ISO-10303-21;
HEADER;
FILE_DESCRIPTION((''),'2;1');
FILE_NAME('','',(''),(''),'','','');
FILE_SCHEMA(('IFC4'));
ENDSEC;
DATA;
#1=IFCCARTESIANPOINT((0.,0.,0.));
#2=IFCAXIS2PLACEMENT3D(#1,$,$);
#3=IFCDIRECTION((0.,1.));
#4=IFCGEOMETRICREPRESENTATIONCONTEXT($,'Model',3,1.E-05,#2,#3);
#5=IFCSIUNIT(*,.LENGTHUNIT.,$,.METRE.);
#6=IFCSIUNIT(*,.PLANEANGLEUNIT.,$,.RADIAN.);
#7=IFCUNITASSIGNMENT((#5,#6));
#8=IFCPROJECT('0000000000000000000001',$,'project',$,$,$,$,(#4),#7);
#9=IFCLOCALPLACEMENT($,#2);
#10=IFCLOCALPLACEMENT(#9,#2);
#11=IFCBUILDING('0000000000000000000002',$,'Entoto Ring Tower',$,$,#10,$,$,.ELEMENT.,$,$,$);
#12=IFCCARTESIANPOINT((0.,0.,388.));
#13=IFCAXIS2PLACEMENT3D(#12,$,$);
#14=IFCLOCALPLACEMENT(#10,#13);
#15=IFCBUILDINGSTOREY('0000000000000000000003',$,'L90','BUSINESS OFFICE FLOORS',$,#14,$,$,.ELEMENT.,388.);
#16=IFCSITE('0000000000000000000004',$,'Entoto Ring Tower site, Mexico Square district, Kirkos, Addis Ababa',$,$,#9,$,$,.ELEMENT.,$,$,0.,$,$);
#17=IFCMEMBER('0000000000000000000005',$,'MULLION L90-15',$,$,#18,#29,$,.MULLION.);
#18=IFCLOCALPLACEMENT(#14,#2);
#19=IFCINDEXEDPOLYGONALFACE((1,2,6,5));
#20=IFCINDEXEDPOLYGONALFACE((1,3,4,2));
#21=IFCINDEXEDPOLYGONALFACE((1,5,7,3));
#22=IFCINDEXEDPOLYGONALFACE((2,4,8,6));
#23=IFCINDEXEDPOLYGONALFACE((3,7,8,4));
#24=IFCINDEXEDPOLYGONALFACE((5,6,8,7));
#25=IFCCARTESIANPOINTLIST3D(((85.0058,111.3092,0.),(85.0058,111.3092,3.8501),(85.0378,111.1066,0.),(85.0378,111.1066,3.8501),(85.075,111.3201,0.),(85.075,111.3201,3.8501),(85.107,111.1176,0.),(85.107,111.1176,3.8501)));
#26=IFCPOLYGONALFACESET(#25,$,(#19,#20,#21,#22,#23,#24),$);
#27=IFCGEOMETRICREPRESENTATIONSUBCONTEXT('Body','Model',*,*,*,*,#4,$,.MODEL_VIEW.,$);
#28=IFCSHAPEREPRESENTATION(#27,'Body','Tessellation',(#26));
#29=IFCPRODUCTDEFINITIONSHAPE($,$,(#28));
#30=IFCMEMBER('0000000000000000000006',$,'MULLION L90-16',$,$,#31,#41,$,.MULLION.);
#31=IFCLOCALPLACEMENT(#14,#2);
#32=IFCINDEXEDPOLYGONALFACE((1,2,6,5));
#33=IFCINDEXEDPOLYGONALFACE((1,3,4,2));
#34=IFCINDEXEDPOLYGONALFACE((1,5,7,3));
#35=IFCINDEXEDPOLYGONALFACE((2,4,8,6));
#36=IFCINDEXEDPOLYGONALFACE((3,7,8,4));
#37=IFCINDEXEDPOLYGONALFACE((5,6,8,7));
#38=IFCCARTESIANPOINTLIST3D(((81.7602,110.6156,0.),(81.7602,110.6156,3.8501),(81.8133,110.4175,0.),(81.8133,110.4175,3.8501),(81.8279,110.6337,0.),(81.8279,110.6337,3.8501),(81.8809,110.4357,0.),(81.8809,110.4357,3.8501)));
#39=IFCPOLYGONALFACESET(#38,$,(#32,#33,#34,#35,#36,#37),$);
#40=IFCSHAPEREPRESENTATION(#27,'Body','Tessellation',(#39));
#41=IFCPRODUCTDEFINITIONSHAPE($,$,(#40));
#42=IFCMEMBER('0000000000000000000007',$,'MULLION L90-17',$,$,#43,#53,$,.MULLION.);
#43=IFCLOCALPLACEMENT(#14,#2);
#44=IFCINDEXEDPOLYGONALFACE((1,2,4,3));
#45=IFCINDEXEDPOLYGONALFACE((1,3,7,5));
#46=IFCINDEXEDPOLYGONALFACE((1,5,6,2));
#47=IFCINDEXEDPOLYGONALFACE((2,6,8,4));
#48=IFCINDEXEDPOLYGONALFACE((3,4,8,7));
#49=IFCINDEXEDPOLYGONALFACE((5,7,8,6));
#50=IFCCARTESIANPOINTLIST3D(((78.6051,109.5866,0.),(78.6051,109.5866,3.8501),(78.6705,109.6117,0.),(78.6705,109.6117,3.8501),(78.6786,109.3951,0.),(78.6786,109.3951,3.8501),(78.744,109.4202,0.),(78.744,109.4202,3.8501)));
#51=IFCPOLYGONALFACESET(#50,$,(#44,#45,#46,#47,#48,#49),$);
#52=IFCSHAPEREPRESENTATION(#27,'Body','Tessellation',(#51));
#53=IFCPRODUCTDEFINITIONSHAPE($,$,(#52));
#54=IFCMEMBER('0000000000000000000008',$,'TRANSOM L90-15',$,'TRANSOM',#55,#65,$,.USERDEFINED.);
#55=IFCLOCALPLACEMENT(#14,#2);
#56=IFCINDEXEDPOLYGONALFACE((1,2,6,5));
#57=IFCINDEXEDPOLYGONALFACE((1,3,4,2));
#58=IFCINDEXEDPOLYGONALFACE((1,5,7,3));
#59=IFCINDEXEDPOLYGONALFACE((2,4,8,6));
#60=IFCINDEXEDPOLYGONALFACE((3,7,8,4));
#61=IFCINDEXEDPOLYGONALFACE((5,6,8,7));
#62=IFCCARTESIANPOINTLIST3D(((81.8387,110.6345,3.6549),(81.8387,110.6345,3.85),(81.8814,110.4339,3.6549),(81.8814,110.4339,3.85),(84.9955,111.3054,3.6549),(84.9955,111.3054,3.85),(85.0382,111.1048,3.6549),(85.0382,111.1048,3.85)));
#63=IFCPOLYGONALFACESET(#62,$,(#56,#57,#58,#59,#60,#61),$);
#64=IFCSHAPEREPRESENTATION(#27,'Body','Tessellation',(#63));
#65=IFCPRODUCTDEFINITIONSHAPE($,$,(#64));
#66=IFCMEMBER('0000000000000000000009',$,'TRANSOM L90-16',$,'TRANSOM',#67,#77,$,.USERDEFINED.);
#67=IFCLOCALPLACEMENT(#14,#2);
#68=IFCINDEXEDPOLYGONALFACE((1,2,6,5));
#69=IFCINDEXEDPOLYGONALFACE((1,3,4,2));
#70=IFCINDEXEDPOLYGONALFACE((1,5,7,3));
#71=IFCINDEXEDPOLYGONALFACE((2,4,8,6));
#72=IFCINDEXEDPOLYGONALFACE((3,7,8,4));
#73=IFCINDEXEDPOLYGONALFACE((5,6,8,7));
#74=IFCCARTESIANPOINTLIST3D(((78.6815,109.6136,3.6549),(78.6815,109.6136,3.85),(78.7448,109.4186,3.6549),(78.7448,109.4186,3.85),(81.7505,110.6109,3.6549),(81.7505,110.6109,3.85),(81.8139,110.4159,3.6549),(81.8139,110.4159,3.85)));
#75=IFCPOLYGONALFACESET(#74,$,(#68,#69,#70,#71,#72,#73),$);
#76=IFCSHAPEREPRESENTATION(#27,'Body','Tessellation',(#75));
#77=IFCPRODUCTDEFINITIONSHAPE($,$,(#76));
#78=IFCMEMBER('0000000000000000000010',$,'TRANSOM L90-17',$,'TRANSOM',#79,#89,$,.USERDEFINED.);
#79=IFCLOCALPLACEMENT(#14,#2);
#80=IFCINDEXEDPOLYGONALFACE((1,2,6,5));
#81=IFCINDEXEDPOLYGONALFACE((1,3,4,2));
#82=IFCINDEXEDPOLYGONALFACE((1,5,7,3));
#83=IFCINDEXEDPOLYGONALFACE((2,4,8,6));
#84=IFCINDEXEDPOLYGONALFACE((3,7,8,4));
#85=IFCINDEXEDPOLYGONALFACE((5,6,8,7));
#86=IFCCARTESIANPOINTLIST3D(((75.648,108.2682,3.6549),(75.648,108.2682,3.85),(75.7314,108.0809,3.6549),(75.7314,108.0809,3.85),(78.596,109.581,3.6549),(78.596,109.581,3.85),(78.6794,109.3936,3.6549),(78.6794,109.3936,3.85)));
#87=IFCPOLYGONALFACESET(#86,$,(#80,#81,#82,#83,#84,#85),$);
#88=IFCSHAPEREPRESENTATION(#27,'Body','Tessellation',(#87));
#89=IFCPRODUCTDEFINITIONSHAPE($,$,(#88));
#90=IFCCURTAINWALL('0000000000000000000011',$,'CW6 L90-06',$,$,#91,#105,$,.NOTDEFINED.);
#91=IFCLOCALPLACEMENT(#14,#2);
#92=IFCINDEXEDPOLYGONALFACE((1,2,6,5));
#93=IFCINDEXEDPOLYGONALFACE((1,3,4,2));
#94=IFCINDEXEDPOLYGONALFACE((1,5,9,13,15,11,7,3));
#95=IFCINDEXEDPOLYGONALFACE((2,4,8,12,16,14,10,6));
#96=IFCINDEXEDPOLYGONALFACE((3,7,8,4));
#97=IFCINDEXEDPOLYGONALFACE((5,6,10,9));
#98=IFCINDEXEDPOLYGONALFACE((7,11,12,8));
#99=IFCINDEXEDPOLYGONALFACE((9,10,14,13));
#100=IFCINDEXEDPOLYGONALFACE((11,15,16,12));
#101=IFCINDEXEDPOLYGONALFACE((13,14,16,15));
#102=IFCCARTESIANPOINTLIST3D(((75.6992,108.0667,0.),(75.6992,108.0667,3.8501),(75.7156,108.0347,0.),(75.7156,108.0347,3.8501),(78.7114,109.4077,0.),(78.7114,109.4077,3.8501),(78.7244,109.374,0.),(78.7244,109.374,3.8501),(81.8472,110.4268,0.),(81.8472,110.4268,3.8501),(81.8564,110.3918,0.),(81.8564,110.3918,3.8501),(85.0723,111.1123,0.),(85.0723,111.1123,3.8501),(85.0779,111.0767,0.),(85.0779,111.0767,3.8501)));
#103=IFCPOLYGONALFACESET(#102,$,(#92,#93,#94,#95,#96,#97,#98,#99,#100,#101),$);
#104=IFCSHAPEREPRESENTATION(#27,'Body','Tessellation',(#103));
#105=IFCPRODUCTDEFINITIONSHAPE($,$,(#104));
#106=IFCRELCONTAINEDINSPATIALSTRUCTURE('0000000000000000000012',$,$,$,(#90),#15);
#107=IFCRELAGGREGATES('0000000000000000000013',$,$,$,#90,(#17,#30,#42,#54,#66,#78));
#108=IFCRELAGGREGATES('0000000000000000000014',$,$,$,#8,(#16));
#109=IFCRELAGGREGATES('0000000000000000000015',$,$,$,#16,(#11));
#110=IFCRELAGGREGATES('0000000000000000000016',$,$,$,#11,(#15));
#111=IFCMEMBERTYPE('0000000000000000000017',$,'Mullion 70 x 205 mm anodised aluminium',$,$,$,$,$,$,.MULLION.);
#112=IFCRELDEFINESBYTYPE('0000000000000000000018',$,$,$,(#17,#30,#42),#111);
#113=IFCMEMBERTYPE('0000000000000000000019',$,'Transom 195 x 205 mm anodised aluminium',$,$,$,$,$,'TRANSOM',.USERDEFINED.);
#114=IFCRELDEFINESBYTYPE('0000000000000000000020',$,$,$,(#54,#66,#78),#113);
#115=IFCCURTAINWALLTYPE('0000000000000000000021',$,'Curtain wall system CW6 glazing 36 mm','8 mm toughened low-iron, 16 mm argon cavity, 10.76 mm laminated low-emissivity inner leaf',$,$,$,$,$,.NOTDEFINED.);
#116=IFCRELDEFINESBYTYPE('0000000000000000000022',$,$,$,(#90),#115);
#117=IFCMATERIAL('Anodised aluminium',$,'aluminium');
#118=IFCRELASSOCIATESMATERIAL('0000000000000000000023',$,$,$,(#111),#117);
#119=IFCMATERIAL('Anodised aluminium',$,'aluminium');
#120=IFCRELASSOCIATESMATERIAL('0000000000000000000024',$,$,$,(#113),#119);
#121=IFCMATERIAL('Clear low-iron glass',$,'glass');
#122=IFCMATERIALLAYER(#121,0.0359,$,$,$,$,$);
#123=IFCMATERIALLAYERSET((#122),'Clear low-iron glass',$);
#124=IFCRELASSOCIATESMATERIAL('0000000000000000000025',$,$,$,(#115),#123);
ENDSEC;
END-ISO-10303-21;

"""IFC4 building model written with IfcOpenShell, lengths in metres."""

from ifc_helpers import new_model, si_unit, direction, frame, origin, origin_2d, place, context, subcontext, project, spatial, polyline, rectangle, outline, extrude, material, layer, layer_set, material_profile, profile_set, type_object, element, aggregate, save


model = new_model("IFC4")

# Units and contexts
model_context = context("Model", 3, precision=1e-05, world=origin(), true_north=direction((0.0, 1.0)))
body_context = subcontext(model_context, "Body", "Model", "MODEL_VIEW")
ifc_project = project(units=[si_unit("LENGTHUNIT", "METRE"), si_unit("PLANEANGLEUNIT", "RADIAN")], contexts=[model_context])

# Members
ifc_material_1 = material(Name="Anodised aluminium", Category="aluminium")
ifc_material_profile_1 = material_profile(ifc_material_1, rectangle(XDim=0.0701, YDim=0.2051, at=origin_2d()), Name="Mullion 70 x 205 mm anodised aluminium")
ifc_profile_set_1 = profile_set([ifc_material_profile_1], Name="Anodised aluminium")
member_type_1 = type_object("IfcMemberType", Name="Mullion 70 x 205 mm anodised aluminium", PredefinedType="MULLION", material=ifc_profile_set_1)
site_placement = place(None, origin())
building_placement = place(site_placement, origin())
storey_placement = place(building_placement, frame((0.0, 0.0, 388.0)))
member_1_placement = place(storey_placement, frame((85.0564, 111.2134, 0.0), z_axis=(0.0, 0.0, 1.0), x_axis=(-0.987688, -0.156434, 0.0)))
member_1 = element("IfcMember", 1, at=member_1_placement, type_object=member_type_1, Name="MULLION L90-15", PredefinedType="MULLION", context=body_context, shape_type="SweptSolid", body=[
    extrude(rectangle(XDim=0.0701, YDim=0.2051, at=origin_2d()), origin(), (0.0, 0.0, 1.0), 3.8501),
])
member_2_placement = place(storey_placement, frame((81.8206, 110.5256, 0.0), z_axis=(0.0, 0.0, 1.0), x_axis=(-0.965926, -0.258819, 0.0)))
member_2 = element("IfcMember", 2, at=member_2_placement, type_object=member_type_1, Name="MULLION L90-16", PredefinedType="MULLION", context=body_context, shape_type="SweptSolid", body=[
    extrude(rectangle(XDim=0.0701, YDim=0.2051, at=origin_2d()), origin(), (0.0, 0.0, 1.0), 3.8501),
])
member_3_placement = place(storey_placement, frame((78.6746, 109.5034, 0.0), z_axis=(0.0, 0.0, 1.0), x_axis=(-0.93358, -0.358368, 0.0)))
member_3 = element("IfcMember", 3, at=member_3_placement, type_object=member_type_1, Name="MULLION L90-17", PredefinedType="MULLION", context=body_context, shape_type="SweptSolid", body=[
    extrude(rectangle(XDim=0.0701, YDim=0.2051, at=origin_2d()), origin(), (0.0, 0.0, 1.0), 3.8501),
])
ifc_material_2 = material(Name="Anodised aluminium", Category="aluminium")
ifc_material_profile_2 = material_profile(ifc_material_2, rectangle(XDim=0.2051, YDim=0.1951, at=origin_2d()), Name="Transom 195 x 205 mm anodised aluminium")
ifc_profile_set_2 = profile_set([ifc_material_profile_2], Name="Anodised aluminium")
member_type_2 = type_object("IfcMemberType", Name="Transom 195 x 205 mm anodised aluminium", ElementType="TRANSOM", PredefinedType="USERDEFINED", material=ifc_profile_set_2)
member_4_placement = place(storey_placement, frame((85.0168, 111.2051, 3.7524), z_axis=(-0.978153, -0.207886, 0.0), x_axis=(0.207886, -0.978153, 0.0)))
member_4 = element("IfcMember", 4, at=member_4_placement, type_object=member_type_2, Name="TRANSOM L90-15", ObjectType="TRANSOM", PredefinedType="USERDEFINED", context=body_context, shape_type="SweptSolid", body=[
    extrude(rectangle(XDim=0.2051, YDim=0.1951, at=origin_2d()), origin(), (0.0, 0.0, 1.0), 3.2273),
])
member_5_placement = place(storey_placement, frame((81.7822, 110.5134, 3.7524), z_axis=(-0.951047, -0.309047, 0.0), x_axis=(0.309047, -0.951047, 0.0)))
member_5 = element("IfcMember", 5, at=member_5_placement, type_object=member_type_2, Name="TRANSOM L90-16", ObjectType="TRANSOM", PredefinedType="USERDEFINED", context=body_context, shape_type="SweptSolid", body=[
    extrude(rectangle(XDim=0.2051, YDim=0.1951, at=origin_2d()), origin(), (0.0, 0.0, 1.0), 3.2271),
])
member_6_placement = place(storey_placement, frame((78.6377, 109.4873, 3.7524), z_axis=(-0.913521, -0.406791, 0.0), x_axis=(0.406791, -0.913521, 0.0)))
member_6 = element("IfcMember", 6, at=member_6_placement, type_object=member_type_2, Name="TRANSOM L90-17", ObjectType="TRANSOM", PredefinedType="USERDEFINED", context=body_context, shape_type="SweptSolid", body=[
    extrude(rectangle(XDim=0.2051, YDim=0.1951, at=origin_2d()), origin(), (0.0, 0.0, 1.0), 3.2271),
])

# Site, building, storey
site = spatial("IfcSite", under=ifc_project, at=site_placement, Name="Entoto Ring Tower site, Mexico Square district, Kirkos, Addis Ababa", CompositionType="ELEMENT", RefElevation=0.0)
building = spatial("IfcBuilding", under=site, at=building_placement, Name="Entoto Ring Tower", CompositionType="ELEMENT")
storey = spatial("IfcBuildingStorey", under=building, at=storey_placement, Name="L90", Description="BUSINESS OFFICE FLOORS", CompositionType="ELEMENT", Elevation=388.0)

# Curtain wall
ifc_material_3 = material(Name="Clear low-iron glass", Category="glass")
ifc_layer = layer(ifc_material_3, 0.0359)
ifc_layer_set = layer_set([ifc_layer], Name="Clear low-iron glass")
curtain_wall_type = type_object("IfcCurtainWallType", Name="Curtain wall system CW6 glazing 36 mm", Description="8 mm toughened low-iron, 16 mm argon cavity, 10.76 mm laminated low-emissivity inner leaf", PredefinedType="NOTDEFINED", material=ifc_layer_set)
curtain_wall_1_placement = place(storey_placement, origin())
curtain_wall_1 = element("IfcCurtainWall", 7, at=curtain_wall_1_placement, inside=storey, type_object=curtain_wall_type, Name="CW6 L90-06", PredefinedType="NOTDEFINED", context=body_context, shape_type="SweptSolid", body=[
    extrude(outline(polyline([(85.0723, 111.1123), (81.8472, 110.4268), (78.7114, 109.4077), (75.6992, 108.0667), (75.7156, 108.0347), (78.7244, 109.374), (81.8564, 110.3918), (85.0779, 111.0767), (85.0723, 111.1123)])), origin(), (0.0, 0.0, 1.0), 3.8501),
])
aggregate(curtain_wall_1, [member_1, member_2, member_3, member_4, member_5, member_6])

save(model, "model.ifc")
